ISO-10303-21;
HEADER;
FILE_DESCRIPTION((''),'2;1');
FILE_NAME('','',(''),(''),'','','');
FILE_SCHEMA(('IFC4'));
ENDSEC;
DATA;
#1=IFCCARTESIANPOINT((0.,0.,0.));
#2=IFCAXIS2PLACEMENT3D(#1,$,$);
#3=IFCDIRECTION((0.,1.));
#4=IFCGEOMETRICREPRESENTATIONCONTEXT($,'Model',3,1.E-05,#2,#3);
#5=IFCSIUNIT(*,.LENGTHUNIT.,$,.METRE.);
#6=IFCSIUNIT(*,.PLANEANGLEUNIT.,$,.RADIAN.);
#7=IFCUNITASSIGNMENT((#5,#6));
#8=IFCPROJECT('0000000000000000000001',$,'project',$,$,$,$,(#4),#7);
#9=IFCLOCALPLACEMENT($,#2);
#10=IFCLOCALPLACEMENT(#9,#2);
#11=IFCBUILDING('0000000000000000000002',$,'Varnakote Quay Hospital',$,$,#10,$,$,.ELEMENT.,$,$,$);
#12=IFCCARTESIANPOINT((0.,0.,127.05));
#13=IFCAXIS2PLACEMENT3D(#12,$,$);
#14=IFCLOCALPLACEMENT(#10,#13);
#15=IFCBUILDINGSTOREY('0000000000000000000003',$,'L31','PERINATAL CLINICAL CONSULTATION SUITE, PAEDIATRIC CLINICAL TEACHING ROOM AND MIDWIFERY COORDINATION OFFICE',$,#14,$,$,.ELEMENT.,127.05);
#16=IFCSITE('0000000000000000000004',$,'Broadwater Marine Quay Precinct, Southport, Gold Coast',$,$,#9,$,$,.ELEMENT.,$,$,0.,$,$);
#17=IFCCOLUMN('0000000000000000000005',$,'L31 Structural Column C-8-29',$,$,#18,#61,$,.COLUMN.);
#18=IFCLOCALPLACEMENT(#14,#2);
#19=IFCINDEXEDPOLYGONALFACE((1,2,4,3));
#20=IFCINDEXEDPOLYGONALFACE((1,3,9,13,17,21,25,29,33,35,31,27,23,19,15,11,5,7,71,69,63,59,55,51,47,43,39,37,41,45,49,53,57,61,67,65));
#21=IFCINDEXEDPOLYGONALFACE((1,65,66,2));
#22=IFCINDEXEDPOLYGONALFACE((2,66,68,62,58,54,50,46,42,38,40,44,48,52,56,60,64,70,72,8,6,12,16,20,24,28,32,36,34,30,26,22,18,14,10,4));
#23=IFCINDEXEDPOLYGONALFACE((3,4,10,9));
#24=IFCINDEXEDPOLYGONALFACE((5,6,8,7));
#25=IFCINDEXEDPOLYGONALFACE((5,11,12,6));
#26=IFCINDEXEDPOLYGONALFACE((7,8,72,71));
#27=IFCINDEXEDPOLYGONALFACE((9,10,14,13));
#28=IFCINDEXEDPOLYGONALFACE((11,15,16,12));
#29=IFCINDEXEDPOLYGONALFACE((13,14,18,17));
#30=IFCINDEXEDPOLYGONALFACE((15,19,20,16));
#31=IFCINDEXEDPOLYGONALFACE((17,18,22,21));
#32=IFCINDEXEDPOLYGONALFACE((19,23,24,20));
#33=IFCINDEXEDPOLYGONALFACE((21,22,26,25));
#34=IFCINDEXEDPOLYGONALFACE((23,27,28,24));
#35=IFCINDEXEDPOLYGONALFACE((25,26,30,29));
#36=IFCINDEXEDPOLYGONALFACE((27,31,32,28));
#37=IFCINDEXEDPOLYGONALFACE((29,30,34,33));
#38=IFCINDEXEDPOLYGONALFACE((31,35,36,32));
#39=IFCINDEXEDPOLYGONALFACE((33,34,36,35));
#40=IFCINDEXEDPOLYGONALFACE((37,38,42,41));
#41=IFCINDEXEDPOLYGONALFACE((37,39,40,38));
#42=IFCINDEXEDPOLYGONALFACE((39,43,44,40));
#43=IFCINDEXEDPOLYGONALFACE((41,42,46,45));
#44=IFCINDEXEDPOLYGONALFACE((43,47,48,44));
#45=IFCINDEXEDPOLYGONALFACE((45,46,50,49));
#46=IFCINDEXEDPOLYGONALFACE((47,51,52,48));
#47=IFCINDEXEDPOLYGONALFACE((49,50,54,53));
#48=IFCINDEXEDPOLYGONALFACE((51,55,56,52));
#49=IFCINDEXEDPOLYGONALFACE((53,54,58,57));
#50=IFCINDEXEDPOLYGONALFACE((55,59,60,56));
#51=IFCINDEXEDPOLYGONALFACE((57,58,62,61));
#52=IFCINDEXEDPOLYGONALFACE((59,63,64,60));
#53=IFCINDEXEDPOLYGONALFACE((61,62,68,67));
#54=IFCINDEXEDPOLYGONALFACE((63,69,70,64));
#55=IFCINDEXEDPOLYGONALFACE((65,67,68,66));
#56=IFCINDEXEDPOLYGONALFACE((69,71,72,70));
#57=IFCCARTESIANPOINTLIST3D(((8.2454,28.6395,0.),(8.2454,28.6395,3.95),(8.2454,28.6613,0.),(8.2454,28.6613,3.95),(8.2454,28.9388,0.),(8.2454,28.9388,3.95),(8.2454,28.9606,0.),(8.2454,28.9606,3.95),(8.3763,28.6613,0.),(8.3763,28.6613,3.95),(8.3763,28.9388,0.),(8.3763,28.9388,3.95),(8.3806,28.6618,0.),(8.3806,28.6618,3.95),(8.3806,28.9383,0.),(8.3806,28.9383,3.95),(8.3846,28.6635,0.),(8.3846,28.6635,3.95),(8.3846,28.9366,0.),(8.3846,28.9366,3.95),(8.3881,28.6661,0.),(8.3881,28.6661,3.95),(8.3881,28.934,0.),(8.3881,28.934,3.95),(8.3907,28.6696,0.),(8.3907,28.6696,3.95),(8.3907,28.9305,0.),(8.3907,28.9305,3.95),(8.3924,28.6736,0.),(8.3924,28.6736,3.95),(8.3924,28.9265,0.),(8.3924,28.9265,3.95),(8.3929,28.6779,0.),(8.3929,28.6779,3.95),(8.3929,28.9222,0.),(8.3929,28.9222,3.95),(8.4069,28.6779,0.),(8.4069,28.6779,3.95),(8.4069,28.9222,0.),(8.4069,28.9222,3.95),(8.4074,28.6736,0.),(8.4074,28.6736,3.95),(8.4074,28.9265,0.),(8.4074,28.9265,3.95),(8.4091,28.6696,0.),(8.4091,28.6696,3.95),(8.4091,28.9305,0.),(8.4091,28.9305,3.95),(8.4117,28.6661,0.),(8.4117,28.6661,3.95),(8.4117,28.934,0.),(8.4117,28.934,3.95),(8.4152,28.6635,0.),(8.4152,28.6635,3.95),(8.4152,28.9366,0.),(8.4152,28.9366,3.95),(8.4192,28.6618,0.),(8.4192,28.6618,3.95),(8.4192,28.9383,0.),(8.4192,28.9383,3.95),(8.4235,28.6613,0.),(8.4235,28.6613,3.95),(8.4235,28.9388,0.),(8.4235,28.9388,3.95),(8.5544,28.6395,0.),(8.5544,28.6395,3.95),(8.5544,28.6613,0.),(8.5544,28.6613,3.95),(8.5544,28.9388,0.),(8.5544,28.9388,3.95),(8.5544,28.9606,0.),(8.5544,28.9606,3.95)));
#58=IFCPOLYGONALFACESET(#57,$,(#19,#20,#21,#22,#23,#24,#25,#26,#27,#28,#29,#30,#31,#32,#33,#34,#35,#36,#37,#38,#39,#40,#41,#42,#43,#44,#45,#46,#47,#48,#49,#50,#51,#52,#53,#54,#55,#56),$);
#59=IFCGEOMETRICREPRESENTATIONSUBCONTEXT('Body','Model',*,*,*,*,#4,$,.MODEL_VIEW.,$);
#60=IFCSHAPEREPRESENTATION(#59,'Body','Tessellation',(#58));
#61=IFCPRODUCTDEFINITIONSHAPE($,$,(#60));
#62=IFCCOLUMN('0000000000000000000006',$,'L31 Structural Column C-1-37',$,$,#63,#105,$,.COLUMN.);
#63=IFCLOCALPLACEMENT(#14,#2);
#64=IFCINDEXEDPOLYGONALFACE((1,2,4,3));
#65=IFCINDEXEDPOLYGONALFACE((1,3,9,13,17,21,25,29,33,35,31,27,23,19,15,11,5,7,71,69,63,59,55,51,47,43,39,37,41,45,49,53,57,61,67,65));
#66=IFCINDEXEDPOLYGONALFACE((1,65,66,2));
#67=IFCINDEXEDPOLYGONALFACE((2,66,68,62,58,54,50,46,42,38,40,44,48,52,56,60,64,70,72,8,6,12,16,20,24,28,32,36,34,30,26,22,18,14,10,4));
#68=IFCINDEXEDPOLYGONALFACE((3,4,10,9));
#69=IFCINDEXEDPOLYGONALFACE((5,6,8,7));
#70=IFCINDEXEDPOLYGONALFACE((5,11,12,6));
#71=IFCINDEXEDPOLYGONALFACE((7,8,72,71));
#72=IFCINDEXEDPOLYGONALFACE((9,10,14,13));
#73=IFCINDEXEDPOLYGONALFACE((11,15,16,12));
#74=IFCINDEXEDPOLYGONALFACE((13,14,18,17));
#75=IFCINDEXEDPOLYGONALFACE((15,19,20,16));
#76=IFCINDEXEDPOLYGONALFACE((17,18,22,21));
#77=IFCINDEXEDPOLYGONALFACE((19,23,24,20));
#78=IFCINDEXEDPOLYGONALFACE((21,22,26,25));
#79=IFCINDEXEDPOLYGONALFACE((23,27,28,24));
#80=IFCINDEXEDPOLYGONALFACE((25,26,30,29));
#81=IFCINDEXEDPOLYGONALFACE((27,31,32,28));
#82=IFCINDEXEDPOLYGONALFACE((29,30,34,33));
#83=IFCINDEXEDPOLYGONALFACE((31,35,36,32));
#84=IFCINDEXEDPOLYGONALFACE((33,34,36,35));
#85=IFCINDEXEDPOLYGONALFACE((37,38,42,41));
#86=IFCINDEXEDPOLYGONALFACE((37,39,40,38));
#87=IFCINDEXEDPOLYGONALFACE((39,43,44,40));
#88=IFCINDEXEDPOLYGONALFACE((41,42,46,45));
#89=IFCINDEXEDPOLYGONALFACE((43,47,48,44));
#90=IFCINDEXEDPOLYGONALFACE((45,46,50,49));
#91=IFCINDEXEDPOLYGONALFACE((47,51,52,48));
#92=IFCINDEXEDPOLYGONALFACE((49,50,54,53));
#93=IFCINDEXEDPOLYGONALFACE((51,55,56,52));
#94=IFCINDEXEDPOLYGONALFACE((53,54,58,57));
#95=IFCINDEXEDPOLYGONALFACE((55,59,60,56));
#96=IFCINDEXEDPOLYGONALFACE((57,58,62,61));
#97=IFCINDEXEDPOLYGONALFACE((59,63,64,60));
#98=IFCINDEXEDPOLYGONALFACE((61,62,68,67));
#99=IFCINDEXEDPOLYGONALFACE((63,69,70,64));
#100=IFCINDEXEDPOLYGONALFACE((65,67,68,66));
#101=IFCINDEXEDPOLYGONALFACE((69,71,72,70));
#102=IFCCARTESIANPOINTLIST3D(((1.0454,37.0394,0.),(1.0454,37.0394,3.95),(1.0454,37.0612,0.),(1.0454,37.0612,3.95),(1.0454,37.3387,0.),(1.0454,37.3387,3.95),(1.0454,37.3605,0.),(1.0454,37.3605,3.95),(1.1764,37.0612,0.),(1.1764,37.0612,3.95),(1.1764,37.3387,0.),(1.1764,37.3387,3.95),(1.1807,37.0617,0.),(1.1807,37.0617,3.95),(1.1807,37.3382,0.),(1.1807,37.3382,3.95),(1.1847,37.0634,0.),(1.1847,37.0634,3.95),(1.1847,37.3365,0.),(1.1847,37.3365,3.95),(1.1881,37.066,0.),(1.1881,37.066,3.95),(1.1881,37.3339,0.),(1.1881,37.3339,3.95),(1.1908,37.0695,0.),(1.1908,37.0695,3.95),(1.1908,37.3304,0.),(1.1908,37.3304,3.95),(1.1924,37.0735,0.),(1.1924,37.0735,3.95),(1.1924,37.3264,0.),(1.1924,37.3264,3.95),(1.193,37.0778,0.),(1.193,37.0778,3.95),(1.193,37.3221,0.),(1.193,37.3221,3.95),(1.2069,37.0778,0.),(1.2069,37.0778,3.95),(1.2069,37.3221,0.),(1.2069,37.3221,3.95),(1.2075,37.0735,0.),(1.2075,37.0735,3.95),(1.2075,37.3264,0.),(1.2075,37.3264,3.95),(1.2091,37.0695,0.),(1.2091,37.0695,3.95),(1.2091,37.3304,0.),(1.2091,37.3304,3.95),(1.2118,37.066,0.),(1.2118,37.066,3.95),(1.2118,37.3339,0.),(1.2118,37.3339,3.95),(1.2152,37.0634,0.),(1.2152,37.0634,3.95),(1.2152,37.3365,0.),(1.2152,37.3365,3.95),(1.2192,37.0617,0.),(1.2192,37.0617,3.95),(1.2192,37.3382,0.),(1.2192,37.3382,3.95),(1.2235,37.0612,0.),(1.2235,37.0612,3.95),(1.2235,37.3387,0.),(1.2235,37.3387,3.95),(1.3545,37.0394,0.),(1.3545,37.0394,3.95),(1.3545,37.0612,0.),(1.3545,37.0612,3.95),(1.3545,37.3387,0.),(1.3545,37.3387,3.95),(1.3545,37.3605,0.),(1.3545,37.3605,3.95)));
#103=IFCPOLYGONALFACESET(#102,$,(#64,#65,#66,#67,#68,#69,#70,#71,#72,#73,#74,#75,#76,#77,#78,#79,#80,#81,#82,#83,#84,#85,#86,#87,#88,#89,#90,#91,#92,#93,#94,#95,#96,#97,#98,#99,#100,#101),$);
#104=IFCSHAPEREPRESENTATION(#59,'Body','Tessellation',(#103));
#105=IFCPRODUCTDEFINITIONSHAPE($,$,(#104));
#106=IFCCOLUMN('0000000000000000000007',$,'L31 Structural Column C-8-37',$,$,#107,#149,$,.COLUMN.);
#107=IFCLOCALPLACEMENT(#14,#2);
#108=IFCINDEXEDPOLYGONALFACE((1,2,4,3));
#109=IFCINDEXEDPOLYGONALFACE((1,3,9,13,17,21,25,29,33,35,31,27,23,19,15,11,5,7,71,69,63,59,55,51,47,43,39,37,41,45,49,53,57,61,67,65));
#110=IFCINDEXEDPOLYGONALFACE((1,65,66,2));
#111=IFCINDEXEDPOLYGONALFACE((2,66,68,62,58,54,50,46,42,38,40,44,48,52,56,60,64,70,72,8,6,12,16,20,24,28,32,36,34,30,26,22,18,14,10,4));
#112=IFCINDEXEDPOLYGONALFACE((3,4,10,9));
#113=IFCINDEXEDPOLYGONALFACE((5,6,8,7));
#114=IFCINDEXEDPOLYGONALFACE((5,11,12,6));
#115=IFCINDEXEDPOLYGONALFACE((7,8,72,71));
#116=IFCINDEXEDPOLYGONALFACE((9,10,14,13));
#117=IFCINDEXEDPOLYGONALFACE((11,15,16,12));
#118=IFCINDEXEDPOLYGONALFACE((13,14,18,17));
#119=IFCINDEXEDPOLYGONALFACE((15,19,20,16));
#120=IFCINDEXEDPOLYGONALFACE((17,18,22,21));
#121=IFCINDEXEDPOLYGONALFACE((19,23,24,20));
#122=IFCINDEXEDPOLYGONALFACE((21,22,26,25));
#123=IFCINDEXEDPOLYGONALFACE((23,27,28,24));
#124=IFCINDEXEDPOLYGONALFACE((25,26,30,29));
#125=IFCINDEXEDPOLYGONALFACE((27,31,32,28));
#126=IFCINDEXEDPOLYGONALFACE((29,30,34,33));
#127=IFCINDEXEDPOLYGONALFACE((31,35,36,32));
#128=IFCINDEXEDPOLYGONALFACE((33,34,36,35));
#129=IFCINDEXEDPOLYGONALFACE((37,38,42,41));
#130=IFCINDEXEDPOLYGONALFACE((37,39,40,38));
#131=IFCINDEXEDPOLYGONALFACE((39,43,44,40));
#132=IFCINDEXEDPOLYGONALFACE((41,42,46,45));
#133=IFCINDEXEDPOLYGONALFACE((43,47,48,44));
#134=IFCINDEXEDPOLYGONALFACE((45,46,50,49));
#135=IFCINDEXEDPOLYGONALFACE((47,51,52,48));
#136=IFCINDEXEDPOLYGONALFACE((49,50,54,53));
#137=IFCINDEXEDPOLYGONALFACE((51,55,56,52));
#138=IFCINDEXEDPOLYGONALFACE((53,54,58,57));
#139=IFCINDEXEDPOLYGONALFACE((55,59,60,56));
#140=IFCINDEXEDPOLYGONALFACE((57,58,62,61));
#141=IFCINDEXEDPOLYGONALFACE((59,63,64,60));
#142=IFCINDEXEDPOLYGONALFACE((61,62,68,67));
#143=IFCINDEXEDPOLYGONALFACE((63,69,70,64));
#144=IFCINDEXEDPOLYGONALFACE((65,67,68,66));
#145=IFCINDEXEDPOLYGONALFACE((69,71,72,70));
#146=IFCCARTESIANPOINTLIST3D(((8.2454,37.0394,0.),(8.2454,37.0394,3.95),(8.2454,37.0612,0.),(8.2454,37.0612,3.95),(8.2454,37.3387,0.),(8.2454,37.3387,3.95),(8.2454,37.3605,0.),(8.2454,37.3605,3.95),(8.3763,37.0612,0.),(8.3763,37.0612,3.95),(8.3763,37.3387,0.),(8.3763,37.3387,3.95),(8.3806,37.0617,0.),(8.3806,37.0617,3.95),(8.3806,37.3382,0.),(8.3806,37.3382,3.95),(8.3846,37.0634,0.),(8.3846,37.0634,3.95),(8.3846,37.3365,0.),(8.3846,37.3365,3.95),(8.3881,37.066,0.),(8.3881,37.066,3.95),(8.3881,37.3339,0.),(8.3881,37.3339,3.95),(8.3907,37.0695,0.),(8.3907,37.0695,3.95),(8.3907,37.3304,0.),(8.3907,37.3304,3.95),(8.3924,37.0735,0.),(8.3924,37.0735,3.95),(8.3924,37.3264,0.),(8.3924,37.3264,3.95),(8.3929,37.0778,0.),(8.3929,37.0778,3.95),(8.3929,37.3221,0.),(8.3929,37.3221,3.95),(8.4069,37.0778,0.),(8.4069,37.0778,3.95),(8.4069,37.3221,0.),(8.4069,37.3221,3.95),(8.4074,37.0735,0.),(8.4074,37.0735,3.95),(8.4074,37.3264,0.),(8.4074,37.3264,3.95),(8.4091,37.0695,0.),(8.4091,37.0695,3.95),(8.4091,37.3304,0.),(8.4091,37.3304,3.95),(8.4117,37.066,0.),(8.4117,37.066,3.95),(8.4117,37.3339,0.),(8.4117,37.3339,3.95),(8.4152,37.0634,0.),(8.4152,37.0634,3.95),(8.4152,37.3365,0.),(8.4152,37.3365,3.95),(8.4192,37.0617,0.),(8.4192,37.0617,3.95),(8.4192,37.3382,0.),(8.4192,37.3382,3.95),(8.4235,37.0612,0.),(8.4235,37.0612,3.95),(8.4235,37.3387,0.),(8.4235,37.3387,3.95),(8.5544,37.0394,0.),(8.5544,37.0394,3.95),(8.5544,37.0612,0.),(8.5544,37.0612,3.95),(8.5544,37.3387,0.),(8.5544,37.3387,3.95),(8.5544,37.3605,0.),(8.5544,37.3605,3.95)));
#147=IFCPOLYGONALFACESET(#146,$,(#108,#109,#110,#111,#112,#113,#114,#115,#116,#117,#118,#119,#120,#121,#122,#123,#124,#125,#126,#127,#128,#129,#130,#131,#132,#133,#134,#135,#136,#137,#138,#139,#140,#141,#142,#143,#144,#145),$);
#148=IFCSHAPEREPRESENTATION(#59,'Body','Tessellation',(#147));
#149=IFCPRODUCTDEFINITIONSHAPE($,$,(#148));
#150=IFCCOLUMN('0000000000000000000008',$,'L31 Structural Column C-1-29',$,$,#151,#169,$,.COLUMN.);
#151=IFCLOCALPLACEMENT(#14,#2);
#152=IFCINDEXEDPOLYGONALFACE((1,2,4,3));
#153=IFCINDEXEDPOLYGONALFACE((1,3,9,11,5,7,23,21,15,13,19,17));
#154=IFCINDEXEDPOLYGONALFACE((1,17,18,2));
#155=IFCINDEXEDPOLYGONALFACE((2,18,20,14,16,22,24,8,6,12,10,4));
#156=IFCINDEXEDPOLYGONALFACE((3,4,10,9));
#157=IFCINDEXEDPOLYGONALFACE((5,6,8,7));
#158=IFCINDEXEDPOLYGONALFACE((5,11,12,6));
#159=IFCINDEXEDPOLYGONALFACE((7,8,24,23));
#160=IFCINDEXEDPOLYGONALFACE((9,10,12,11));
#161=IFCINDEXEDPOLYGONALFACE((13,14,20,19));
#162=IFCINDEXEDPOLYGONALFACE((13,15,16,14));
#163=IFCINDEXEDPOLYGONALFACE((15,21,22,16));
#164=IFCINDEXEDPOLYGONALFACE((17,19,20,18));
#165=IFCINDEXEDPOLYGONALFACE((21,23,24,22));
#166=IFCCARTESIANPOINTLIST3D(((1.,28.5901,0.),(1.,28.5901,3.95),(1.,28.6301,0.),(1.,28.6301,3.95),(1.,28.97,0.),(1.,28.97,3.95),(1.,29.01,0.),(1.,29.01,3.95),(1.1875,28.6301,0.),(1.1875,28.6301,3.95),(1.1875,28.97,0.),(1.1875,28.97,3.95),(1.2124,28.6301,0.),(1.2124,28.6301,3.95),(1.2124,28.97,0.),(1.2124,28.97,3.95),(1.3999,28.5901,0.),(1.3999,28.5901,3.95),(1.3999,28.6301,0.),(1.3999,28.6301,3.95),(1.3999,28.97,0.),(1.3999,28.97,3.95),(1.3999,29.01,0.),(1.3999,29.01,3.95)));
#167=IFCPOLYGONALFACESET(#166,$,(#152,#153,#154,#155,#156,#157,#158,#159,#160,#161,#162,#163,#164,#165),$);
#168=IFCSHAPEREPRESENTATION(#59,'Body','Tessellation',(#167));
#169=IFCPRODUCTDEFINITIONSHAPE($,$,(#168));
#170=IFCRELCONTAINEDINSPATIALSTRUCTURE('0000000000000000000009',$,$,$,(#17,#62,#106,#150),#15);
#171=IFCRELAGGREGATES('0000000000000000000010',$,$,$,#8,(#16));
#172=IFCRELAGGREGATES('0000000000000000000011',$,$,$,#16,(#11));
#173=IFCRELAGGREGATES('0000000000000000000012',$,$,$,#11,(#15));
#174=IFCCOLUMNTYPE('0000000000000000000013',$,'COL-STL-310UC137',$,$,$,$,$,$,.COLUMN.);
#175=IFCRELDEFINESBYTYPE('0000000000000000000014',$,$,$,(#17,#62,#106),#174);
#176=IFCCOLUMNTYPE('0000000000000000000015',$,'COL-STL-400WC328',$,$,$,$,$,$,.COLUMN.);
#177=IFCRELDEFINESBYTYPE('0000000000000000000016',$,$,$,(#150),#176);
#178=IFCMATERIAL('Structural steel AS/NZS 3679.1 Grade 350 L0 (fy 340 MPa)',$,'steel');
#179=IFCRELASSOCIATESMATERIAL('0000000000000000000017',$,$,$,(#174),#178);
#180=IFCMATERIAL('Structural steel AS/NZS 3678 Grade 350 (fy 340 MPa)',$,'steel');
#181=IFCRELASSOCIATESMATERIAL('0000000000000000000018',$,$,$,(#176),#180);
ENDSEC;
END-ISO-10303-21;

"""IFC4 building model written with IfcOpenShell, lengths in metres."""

from ifc_helpers import new_model, si_unit, direction, frame, origin, origin_2d, place, context, subcontext, project, spatial, i_section, extrude, material, material_profile, profile_set, type_object, element, save


model = new_model("IFC4")

# Units and contexts
model_context = context("Model", 3, precision=1e-05, world=origin(), true_north=direction((0.0, 1.0)))
body_context = subcontext(model_context, "Body", "Model", "MODEL_VIEW")
ifc_project = project(units=[si_unit("LENGTHUNIT", "METRE"), si_unit("PLANEANGLEUNIT", "RADIAN")], contexts=[model_context])

# Site, building, storey
site_placement = place(None, origin())
site = spatial("IfcSite", under=ifc_project, at=site_placement, Name="Broadwater Marine Quay Precinct, Southport, Gold Coast", CompositionType="ELEMENT", RefElevation=0.0)
building_placement = place(site_placement, origin())
building = spatial("IfcBuilding", under=site, at=building_placement, Name="Varnakote Quay Hospital", CompositionType="ELEMENT")
storey_placement = place(building_placement, frame((0.0, 0.0, 127.05)))
storey = spatial("IfcBuildingStorey", under=building, at=storey_placement, Name="L31", Description="PERINATAL CLINICAL CONSULTATION SUITE, PAEDIATRIC CLINICAL TEACHING ROOM AND MIDWIFERY COORDINATION OFFICE", CompositionType="ELEMENT", Elevation=127.05)

# Columns
ifc_material_1 = material(Name="Structural steel AS/NZS 3679.1 Grade 350 L0 (fy 340 MPa)", Category="steel")
ifc_material_profile_1 = material_profile(ifc_material_1, i_section(OverallWidth=0.3091, OverallDepth=0.321, WebThickness=0.0139, FlangeThickness=0.0217, FilletRadius=0.0166, at=origin_2d()), Name="310UC137")
ifc_profile_set_1 = profile_set([ifc_material_profile_1], Name="Structural steel AS/NZS 3679.1 Grade 350 L0 (fy 340 MPa)")
column_type_1 = type_object("IfcColumnType", Name="COL-STL-310UC137", PredefinedType="COLUMN", material=ifc_profile_set_1)
for number, where, z_axis, x_axis, name in (
    (1, (8.3999, 28.8, 0.0), (0.0, 0.0, 1.0), (1.0, 0.0, 0.0), "L31 Structural Column C-8-29"),
    (2, (1.2, 37.2, 0.0), (0.0, 0.0, 1.0), (1.0, 0.0, 0.0), "L31 Structural Column C-1-37"),
    (3, (8.3999, 37.2, 0.0), (0.0, 0.0, 1.0), (1.0, 0.0, 0.0), "L31 Structural Column C-8-37"),
):
    element("IfcColumn", number, at=place(storey_placement, frame(where, z_axis=z_axis, x_axis=x_axis)), inside=storey, type_object=column_type_1, Name=name, PredefinedType="COLUMN", context=body_context, shape_type="SweptSolid", body=[
        extrude(i_section(OverallWidth=0.3091, OverallDepth=0.321, WebThickness=0.0139, FlangeThickness=0.0217, FilletRadius=0.0166, at=origin_2d()), origin(), (0.0, 0.0, 1.0), 3.95),
    ])
ifc_material_2 = material(Name="Structural steel AS/NZS 3678 Grade 350 (fy 340 MPa)", Category="steel")
ifc_material_profile_2 = material_profile(ifc_material_2, i_section(OverallWidth=0.3999, OverallDepth=0.4199, WebThickness=0.0249, FlangeThickness=0.04, at=origin_2d()), Name="400WC328")
ifc_profile_set_2 = profile_set([ifc_material_profile_2], Name="Structural steel AS/NZS 3678 Grade 350 (fy 340 MPa)")
column_type_2 = type_object("IfcColumnType", Name="COL-STL-400WC328", PredefinedType="COLUMN", material=ifc_profile_set_2)
column_placement = place(storey_placement, frame((1.2, 28.8, 0.0), z_axis=(0.0, 0.0, 1.0), x_axis=(1.0, 0.0, 0.0)))
element("IfcColumn", 4, at=column_placement, inside=storey, type_object=column_type_2, Name="L31 Structural Column C-1-29", PredefinedType="COLUMN", context=body_context, shape_type="SweptSolid", body=[
    extrude(i_section(OverallWidth=0.3999, OverallDepth=0.4199, WebThickness=0.0249, FlangeThickness=0.04, at=origin_2d()), origin(), (0.0, 0.0, 1.0), 3.95),
])

save(model, "model.ifc")
